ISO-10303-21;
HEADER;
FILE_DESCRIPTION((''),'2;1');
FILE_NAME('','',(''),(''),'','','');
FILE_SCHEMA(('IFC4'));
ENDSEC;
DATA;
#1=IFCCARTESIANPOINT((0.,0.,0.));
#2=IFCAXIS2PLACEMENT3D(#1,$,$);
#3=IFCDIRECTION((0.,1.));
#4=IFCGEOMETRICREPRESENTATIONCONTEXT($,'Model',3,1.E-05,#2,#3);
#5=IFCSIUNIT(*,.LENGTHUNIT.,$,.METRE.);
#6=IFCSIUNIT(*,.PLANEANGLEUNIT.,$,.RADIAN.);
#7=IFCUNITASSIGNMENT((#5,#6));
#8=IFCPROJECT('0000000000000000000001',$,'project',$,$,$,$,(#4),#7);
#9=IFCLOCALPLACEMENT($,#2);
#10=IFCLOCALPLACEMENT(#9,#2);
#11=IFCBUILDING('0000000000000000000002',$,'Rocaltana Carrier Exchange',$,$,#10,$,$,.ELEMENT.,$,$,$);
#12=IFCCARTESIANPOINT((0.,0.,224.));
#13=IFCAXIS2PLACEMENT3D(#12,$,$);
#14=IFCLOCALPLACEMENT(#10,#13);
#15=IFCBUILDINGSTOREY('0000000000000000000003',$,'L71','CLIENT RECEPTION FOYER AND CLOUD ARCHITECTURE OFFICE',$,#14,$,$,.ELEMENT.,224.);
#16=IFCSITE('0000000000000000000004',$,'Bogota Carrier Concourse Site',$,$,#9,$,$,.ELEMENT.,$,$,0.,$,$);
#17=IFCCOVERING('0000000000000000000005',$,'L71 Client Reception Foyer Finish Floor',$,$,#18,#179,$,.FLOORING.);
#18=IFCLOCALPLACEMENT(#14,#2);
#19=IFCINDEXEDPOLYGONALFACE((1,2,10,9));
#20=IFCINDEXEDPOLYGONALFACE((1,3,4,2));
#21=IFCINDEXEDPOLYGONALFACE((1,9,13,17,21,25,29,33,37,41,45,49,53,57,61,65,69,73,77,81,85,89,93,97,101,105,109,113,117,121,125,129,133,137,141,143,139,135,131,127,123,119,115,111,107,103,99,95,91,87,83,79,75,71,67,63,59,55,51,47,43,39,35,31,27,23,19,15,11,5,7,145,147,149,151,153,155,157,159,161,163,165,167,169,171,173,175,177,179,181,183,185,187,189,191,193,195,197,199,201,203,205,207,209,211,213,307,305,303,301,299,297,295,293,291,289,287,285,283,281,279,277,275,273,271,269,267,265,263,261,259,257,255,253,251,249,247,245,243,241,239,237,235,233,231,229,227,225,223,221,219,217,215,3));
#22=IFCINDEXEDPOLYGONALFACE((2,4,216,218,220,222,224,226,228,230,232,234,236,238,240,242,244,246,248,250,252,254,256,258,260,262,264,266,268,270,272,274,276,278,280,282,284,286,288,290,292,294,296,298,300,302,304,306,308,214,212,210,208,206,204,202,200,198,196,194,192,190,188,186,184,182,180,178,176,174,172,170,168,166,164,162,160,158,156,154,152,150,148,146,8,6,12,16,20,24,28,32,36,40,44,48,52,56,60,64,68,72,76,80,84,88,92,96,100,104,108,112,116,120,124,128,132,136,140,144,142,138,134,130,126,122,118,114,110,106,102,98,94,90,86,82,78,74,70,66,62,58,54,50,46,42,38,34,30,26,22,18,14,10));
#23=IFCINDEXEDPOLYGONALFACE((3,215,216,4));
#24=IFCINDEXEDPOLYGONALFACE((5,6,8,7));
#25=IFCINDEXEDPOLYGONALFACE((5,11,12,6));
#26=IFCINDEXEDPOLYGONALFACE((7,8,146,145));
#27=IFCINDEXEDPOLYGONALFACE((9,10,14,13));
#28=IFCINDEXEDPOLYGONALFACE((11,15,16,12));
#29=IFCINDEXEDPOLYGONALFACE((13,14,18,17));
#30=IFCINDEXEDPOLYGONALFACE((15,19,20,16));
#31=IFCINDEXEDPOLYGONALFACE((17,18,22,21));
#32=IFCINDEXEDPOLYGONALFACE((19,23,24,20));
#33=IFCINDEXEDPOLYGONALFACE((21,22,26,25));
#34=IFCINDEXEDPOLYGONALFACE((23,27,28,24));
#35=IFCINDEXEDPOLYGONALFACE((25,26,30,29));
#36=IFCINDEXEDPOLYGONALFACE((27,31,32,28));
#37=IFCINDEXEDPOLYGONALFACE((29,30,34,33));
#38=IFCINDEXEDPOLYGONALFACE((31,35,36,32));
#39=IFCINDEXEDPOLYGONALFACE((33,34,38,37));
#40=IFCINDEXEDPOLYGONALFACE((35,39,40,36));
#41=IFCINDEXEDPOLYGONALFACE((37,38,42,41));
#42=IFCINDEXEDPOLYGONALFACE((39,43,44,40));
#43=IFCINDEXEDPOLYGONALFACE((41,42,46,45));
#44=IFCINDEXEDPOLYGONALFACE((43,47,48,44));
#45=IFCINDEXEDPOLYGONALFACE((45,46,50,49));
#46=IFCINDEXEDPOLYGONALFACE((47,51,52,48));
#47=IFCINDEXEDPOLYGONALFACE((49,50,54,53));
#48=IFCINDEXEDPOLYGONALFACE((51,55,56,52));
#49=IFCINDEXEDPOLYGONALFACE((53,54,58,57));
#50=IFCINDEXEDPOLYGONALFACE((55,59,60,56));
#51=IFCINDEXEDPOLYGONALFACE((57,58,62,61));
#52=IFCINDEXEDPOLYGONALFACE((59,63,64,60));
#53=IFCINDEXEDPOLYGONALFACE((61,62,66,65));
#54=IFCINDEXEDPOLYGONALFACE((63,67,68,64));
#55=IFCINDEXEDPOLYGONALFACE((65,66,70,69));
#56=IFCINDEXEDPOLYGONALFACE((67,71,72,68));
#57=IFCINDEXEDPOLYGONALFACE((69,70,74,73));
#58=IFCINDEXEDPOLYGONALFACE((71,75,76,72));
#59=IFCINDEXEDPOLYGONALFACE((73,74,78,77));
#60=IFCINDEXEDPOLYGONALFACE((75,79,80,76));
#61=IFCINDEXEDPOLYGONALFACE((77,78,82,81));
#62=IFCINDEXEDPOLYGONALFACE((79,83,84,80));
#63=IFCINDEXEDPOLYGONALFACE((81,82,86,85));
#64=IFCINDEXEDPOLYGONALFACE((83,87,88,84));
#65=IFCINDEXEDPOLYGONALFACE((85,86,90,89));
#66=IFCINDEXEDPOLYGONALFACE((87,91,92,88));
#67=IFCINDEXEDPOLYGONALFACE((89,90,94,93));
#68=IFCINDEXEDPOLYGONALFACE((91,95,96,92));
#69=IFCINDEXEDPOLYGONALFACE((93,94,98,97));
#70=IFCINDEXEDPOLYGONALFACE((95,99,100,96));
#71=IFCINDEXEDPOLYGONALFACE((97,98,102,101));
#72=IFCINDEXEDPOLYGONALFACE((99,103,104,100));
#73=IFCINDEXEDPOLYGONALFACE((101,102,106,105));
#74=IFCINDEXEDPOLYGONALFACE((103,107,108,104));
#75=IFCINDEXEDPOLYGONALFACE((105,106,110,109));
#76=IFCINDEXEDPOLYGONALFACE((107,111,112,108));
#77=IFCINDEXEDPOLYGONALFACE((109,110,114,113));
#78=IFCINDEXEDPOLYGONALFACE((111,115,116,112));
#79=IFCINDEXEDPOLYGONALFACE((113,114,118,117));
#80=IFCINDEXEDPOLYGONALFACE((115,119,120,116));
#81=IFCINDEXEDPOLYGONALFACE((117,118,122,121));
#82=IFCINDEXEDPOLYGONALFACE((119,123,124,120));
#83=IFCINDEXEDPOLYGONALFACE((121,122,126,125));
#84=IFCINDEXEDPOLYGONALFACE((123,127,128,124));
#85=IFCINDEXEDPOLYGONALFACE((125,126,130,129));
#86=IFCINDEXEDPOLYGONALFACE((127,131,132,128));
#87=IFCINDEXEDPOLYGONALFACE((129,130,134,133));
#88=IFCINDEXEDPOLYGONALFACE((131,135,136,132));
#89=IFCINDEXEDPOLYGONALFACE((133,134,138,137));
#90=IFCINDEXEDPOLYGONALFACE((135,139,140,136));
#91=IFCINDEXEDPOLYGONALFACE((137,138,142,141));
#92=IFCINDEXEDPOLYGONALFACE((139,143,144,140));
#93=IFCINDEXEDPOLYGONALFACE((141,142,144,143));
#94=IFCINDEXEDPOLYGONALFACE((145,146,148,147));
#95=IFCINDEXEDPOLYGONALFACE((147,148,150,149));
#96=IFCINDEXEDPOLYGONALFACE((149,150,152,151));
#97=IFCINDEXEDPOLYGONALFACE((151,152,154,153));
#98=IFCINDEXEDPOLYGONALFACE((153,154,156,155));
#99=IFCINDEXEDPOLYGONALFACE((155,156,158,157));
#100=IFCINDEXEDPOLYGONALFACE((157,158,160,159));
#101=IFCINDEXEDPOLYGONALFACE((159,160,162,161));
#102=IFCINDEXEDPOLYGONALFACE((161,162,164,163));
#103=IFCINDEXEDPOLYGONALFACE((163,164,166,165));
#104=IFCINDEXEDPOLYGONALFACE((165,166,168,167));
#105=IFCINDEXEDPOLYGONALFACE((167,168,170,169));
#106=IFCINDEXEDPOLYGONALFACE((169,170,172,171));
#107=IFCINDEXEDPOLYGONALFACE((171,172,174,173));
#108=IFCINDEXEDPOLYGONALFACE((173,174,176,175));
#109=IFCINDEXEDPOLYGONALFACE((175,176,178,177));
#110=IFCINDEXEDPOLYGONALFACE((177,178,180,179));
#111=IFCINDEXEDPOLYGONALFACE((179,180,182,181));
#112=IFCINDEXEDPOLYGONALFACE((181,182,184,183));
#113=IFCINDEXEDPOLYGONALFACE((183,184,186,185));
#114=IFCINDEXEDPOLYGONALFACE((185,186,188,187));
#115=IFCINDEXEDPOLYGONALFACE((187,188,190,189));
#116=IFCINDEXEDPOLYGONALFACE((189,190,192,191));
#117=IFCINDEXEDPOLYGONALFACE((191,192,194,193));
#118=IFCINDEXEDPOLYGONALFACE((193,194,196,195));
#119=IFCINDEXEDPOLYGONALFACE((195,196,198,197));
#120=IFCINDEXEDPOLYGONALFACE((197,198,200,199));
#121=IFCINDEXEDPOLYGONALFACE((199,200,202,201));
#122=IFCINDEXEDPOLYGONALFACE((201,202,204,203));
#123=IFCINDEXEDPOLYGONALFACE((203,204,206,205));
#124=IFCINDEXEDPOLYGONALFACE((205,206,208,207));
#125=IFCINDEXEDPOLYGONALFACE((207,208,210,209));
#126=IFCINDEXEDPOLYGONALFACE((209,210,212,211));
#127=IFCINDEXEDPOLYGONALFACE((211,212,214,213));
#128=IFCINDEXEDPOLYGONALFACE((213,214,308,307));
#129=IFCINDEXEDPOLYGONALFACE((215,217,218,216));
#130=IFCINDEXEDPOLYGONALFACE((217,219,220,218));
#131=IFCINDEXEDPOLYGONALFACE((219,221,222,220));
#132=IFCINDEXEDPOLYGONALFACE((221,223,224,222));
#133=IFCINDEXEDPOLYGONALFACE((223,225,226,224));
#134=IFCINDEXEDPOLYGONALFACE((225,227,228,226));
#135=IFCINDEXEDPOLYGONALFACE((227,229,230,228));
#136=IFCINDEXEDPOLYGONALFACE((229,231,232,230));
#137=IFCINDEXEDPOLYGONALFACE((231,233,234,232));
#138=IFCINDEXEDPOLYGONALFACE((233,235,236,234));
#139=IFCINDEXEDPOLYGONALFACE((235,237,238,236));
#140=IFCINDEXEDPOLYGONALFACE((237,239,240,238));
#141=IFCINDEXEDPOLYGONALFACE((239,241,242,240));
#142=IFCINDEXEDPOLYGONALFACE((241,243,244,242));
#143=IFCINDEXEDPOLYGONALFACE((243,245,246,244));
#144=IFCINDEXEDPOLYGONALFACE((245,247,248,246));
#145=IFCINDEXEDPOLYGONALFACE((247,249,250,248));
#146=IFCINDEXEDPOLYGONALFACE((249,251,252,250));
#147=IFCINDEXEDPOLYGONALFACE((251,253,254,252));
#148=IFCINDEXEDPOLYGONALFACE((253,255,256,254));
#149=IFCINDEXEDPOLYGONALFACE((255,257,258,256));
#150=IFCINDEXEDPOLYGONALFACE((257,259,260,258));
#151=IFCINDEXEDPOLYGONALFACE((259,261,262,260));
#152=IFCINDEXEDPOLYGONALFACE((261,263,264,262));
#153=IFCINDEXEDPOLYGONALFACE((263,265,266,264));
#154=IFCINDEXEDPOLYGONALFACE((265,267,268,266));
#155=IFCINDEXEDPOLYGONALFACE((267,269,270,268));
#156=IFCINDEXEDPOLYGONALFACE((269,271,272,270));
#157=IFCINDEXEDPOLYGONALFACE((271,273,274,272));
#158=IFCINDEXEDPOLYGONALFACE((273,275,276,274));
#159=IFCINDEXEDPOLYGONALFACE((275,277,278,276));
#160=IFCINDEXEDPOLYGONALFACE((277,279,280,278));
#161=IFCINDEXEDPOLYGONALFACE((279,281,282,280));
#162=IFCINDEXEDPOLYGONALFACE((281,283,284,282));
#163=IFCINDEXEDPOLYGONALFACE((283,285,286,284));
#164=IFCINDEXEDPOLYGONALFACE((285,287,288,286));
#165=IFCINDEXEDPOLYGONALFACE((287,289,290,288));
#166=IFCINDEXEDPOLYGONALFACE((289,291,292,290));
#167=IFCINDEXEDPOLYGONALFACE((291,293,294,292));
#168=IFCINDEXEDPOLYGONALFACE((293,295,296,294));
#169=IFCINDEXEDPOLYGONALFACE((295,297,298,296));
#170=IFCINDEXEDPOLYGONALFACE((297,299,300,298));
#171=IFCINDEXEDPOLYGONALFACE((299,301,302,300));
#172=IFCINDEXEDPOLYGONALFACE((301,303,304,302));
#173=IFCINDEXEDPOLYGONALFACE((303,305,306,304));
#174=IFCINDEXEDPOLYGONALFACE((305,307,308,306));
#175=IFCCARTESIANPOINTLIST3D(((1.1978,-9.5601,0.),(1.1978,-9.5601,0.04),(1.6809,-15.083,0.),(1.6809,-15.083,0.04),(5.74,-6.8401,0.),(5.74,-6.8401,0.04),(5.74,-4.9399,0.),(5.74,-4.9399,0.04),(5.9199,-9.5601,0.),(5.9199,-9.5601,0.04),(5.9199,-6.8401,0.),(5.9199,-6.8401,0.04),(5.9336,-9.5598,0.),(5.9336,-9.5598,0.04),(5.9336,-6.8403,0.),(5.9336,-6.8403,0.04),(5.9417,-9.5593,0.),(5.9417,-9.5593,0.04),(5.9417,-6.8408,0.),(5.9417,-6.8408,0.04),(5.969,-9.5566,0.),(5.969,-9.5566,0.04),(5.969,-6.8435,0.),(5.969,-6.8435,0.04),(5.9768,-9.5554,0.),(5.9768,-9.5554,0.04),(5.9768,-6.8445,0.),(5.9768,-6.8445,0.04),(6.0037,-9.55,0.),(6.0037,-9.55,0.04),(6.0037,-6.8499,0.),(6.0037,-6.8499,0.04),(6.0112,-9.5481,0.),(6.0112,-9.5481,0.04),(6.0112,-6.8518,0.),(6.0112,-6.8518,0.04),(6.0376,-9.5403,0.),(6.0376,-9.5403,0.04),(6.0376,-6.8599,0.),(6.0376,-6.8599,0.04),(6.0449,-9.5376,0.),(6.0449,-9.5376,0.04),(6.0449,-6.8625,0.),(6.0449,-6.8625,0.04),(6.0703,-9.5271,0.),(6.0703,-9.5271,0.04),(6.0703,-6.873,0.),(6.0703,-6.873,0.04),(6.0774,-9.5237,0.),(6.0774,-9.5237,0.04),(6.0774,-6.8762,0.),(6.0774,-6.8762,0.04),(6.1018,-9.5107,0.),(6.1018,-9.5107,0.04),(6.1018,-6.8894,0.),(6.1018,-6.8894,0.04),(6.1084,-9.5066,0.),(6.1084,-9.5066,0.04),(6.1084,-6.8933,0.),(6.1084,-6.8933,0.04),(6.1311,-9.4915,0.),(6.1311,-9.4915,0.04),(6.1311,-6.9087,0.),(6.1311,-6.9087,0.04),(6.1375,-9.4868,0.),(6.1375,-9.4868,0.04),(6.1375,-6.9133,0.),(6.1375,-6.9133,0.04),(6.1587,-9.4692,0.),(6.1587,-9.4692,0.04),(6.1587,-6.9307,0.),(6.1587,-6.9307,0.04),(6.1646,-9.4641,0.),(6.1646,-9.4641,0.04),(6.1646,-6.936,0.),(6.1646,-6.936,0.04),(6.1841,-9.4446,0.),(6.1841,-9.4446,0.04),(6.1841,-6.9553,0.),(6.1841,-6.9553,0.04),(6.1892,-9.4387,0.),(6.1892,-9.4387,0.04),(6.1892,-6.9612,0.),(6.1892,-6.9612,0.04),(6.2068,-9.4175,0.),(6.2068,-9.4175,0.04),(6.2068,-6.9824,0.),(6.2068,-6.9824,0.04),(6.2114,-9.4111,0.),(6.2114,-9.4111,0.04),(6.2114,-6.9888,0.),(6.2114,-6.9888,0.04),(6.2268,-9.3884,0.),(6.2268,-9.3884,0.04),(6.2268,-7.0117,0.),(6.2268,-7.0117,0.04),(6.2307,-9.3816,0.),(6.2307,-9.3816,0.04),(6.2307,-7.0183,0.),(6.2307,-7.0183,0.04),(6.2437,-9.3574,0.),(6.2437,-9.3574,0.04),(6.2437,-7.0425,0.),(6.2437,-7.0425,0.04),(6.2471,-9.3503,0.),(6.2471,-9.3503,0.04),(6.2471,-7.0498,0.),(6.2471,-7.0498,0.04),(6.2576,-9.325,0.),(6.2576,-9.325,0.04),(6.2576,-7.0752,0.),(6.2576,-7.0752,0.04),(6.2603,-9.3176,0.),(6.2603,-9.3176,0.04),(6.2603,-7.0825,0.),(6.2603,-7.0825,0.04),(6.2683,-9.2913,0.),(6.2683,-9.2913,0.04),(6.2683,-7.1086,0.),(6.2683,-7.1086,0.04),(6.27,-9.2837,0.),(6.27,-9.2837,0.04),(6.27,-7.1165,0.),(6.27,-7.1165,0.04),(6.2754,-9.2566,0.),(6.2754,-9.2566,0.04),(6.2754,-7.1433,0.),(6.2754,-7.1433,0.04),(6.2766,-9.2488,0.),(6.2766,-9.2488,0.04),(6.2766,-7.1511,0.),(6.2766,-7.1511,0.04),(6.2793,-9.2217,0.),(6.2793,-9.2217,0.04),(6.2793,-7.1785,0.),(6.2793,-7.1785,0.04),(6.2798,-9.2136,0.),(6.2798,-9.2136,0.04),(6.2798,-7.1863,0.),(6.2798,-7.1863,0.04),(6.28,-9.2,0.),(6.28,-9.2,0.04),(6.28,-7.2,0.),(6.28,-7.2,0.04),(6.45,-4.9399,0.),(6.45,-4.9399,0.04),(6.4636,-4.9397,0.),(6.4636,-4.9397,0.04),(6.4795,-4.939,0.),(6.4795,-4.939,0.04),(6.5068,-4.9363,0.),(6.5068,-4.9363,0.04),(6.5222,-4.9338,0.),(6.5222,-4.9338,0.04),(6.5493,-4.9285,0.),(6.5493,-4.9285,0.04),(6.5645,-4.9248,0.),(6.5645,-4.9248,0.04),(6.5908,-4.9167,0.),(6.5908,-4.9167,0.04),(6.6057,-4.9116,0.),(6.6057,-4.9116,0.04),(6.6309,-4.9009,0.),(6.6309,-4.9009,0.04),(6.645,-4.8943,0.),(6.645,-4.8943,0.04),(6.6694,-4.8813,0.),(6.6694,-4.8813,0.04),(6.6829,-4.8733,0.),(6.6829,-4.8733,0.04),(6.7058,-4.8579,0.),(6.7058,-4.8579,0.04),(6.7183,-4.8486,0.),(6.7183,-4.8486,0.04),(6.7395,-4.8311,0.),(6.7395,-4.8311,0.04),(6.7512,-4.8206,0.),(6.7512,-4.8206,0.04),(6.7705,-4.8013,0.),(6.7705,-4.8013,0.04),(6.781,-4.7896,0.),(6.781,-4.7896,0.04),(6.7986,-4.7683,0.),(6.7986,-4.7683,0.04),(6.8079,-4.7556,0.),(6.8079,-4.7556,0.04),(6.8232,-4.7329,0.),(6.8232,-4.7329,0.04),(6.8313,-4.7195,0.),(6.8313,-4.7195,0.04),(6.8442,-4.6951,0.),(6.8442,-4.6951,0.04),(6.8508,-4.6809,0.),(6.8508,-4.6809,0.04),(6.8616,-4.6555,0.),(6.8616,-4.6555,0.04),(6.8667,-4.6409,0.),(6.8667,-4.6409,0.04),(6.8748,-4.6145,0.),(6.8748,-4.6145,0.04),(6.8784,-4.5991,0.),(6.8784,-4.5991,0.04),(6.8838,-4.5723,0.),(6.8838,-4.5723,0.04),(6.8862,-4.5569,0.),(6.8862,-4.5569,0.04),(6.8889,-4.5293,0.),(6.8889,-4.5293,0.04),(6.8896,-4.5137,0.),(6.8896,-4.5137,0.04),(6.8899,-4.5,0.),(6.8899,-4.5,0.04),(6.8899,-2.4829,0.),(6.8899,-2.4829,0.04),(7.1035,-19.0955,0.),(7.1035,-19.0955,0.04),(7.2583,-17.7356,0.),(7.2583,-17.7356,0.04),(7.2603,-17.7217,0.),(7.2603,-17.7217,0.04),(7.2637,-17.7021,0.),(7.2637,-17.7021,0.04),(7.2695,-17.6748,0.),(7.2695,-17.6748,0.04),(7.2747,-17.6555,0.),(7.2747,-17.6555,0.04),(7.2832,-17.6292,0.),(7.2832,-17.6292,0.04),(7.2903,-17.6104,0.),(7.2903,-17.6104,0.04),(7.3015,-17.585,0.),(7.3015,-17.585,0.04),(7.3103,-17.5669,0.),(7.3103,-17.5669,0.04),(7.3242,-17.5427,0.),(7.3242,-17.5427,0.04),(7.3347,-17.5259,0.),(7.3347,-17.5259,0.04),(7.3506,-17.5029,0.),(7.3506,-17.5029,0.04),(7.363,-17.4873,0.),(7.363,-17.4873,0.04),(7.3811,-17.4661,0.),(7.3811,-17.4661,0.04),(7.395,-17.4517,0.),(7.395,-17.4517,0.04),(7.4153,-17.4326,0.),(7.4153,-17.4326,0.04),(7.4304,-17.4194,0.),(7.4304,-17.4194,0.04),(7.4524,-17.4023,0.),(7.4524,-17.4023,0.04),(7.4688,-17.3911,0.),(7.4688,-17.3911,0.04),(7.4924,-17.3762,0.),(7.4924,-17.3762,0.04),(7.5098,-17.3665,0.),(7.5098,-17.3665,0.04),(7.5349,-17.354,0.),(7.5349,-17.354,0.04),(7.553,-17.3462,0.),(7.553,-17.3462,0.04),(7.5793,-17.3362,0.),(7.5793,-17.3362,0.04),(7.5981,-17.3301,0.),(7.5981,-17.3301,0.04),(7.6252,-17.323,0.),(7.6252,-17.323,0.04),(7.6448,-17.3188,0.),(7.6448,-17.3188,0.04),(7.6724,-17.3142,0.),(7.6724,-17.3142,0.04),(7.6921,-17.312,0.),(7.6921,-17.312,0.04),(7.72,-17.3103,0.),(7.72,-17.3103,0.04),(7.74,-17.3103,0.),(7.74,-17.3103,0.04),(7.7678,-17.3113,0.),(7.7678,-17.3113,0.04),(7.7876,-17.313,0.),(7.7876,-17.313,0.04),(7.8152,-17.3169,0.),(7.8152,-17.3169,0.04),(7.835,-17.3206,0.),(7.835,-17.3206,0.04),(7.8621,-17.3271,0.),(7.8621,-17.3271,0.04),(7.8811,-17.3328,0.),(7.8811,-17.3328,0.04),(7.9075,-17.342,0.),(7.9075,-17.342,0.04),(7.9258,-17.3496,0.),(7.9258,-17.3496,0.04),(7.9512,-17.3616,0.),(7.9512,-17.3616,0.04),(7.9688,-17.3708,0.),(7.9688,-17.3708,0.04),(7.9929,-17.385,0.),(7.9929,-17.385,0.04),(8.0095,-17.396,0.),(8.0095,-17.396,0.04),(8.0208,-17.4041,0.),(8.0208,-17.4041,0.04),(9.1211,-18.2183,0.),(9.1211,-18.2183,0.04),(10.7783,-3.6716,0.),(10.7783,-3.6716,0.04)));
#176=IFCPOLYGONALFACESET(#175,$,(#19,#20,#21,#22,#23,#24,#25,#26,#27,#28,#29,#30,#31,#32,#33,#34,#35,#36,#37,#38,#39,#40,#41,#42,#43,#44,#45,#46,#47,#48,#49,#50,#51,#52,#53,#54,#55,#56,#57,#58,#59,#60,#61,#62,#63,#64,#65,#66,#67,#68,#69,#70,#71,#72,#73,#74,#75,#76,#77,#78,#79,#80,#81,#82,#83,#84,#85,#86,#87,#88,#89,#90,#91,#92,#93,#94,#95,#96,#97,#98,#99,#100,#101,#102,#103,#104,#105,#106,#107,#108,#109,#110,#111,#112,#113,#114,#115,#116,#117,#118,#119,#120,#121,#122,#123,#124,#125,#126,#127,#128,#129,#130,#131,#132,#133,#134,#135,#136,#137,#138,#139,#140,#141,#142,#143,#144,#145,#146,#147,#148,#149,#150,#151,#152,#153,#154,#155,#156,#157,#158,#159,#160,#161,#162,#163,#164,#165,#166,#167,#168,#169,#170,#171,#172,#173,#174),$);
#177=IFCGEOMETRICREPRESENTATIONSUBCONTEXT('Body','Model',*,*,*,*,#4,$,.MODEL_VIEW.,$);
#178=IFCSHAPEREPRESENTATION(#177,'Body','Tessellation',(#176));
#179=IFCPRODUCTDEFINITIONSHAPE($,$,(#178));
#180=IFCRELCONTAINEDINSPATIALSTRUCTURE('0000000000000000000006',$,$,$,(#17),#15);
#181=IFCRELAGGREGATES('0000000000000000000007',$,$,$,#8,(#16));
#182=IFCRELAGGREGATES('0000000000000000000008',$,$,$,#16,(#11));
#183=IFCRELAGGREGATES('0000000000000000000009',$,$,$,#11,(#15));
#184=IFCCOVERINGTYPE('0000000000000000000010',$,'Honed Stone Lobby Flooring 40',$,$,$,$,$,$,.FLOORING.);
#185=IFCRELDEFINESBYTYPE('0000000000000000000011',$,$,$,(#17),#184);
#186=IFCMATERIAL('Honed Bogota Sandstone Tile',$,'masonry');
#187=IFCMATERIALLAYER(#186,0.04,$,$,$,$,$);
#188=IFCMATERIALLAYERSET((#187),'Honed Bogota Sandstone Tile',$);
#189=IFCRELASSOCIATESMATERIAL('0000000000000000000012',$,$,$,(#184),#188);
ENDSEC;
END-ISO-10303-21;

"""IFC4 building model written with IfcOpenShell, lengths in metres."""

from ifc_helpers import new_model, si_unit, direction, frame, origin, place, context, subcontext, project, spatial, polyline, outline, extrude, material, layer, layer_set, type_object, element, save


model = new_model("IFC4")

# Units and contexts
model_context = context("Model", 3, precision=1e-05, world=origin(), true_north=direction((0.0, 1.0)))
body_context = subcontext(model_context, "Body", "Model", "MODEL_VIEW")
ifc_project = project(units=[si_unit("LENGTHUNIT", "METRE"), si_unit("PLANEANGLEUNIT", "RADIAN")], contexts=[model_context])

# Site, building, storey
site_placement = place(None, origin())
site = spatial("IfcSite", under=ifc_project, at=site_placement, Name="Bogota Carrier Concourse Site", CompositionType="ELEMENT", RefElevation=0.0)
building_placement = place(site_placement, origin())
building = spatial("IfcBuilding", under=site, at=building_placement, Name="Rocaltana Carrier Exchange", CompositionType="ELEMENT")
storey_placement = place(building_placement, frame((0.0, 0.0, 224.0)))
storey = spatial("IfcBuildingStorey", under=building, at=storey_placement, Name="L71", Description="CLIENT RECEPTION FOYER AND CLOUD ARCHITECTURE OFFICE", CompositionType="ELEMENT", Elevation=224.0)

# Covering
ifc_material_1 = material(Name="Honed Bogota Sandstone Tile", Category="masonry")
ifc_layer_1 = layer(ifc_material_1, 0.04)
ifc_layer_set_1 = layer_set([ifc_layer_1], Name="Honed Bogota Sandstone Tile")
covering_type_1 = type_object("IfcCoveringType", Name="Honed Stone Lobby Flooring 40", PredefinedType="FLOORING", material=ifc_layer_set_1)
covering_1_placement = place(storey_placement, origin())
element("IfcCovering", 1, at=covering_1_placement, inside=storey, type_object=covering_type_1, Name="L71 Client Reception Foyer Finish Floor", PredefinedType="FLOORING", context=body_context, shape_type="SweptSolid", body=[
    extrude(outline(polyline([(5.74, -6.8401), (5.74, -4.9399), (6.45, -4.9399), (6.4636, -4.9397), (6.4795, -4.939), (6.5068, -4.9363), (6.5222, -4.9338), (6.5493, -4.9285), (6.5645, -4.9248), (6.5908, -4.9167), (6.6057, -4.9116), (6.6309, -4.9009), (6.645, -4.8943), (6.6694, -4.8813), (6.6829, -4.8733), (6.7058, -4.8579), (6.7183, -4.8486), (6.7395, -4.8311), (6.7512, -4.8206), (6.7705, -4.8013), (6.781, -4.7896), (6.7986, -4.7683), (6.8079, -4.7556), (6.8232, -4.7329), (6.8313, -4.7195), (6.8442, -4.6951), (6.8508, -4.6809), (6.8616, -4.6555), (6.8667, -4.6409), (6.8748, -4.6145), (6.8784, -4.5991), (6.8838, -4.5723), (6.8862, -4.5569), (6.8889, -4.5293), (6.8896, -4.5137), (6.8899, -4.5), (6.8899, -2.4829), (10.7783, -3.6716), (9.1211, -18.2183), (8.0208, -17.4041), (8.0095, -17.396), (7.9929, -17.385), (7.9688, -17.3708), (7.9512, -17.3616), (7.9258, -17.3496), (7.9075, -17.342), (7.8811, -17.3328), (7.8621, -17.3271), (7.835, -17.3206), (7.8152, -17.3169), (7.7876, -17.313), (7.7678, -17.3113), (7.74, -17.3103), (7.72, -17.3103), (7.6921, -17.312), (7.6724, -17.3142), (7.6448, -17.3188), (7.6252, -17.323), (7.5981, -17.3301), (7.5793, -17.3362), (7.553, -17.3462), (7.5349, -17.354), (7.5098, -17.3665), (7.4924, -17.3762), (7.4688, -17.3911), (7.4524, -17.4023), (7.4304, -17.4194), (7.4153, -17.4326), (7.395, -17.4517), (7.3811, -17.4661), (7.363, -17.4873), (7.3506, -17.5029), (7.3347, -17.5259), (7.3242, -17.5427), (7.3103, -17.5669), (7.3015, -17.585), (7.2903, -17.6104), (7.2832, -17.6292), (7.2747, -17.6555), (7.2695, -17.6748), (7.2637, -17.7021), (7.2603, -17.7217), (7.2583, -17.7356), (7.1035, -19.0955), (1.6809, -15.083), (1.1978, -9.5601), (5.9199, -9.5601), (5.9336, -9.5598), (5.9417, -9.5593), (5.969, -9.5566), (5.9768, -9.5554), (6.0037, -9.55), (6.0112, -9.5481), (6.0376, -9.5403), (6.0449, -9.5376), (6.0703, -9.5271), (6.0774, -9.5237), (6.1018, -9.5107), (6.1084, -9.5066), (6.1311, -9.4915), (6.1375, -9.4868), (6.1587, -9.4692), (6.1646, -9.4641), (6.1841, -9.4446), (6.1892, -9.4387), (6.2068, -9.4175), (6.2114, -9.4111), (6.2268, -9.3884), (6.2307, -9.3816), (6.2437, -9.3574), (6.2471, -9.3503), (6.2576, -9.325), (6.2603, -9.3176), (6.2683, -9.2913), (6.27, -9.2837), (6.2754, -9.2566), (6.2766, -9.2488), (6.2793, -9.2217), (6.2798, -9.2136), (6.28, -9.2), (6.28, -7.2), (6.2798, -7.1863), (6.2793, -7.1785), (6.2766, -7.1511), (6.2754, -7.1433), (6.27, -7.1165), (6.2683, -7.1086), (6.2603, -7.0825), (6.2576, -7.0752), (6.2471, -7.0498), (6.2437, -7.0425), (6.2307, -7.0183), (6.2268, -7.0117), (6.2114, -6.9888), (6.2068, -6.9824), (6.1892, -6.9612), (6.1841, -6.9553), (6.1646, -6.936), (6.1587, -6.9307), (6.1375, -6.9133), (6.1311, -6.9087), (6.1084, -6.8933), (6.1018, -6.8894), (6.0774, -6.8762), (6.0703, -6.873), (6.0449, -6.8625), (6.0376, -6.8599), (6.0112, -6.8518), (6.0037, -6.8499), (5.9768, -6.8445), (5.969, -6.8435), (5.9417, -6.8408), (5.9336, -6.8403), (5.9199, -6.8401), (5.74, -6.8401)])), origin(), (0.0, 0.0, 1.0), 0.04),
])

save(model, "model.ifc")
